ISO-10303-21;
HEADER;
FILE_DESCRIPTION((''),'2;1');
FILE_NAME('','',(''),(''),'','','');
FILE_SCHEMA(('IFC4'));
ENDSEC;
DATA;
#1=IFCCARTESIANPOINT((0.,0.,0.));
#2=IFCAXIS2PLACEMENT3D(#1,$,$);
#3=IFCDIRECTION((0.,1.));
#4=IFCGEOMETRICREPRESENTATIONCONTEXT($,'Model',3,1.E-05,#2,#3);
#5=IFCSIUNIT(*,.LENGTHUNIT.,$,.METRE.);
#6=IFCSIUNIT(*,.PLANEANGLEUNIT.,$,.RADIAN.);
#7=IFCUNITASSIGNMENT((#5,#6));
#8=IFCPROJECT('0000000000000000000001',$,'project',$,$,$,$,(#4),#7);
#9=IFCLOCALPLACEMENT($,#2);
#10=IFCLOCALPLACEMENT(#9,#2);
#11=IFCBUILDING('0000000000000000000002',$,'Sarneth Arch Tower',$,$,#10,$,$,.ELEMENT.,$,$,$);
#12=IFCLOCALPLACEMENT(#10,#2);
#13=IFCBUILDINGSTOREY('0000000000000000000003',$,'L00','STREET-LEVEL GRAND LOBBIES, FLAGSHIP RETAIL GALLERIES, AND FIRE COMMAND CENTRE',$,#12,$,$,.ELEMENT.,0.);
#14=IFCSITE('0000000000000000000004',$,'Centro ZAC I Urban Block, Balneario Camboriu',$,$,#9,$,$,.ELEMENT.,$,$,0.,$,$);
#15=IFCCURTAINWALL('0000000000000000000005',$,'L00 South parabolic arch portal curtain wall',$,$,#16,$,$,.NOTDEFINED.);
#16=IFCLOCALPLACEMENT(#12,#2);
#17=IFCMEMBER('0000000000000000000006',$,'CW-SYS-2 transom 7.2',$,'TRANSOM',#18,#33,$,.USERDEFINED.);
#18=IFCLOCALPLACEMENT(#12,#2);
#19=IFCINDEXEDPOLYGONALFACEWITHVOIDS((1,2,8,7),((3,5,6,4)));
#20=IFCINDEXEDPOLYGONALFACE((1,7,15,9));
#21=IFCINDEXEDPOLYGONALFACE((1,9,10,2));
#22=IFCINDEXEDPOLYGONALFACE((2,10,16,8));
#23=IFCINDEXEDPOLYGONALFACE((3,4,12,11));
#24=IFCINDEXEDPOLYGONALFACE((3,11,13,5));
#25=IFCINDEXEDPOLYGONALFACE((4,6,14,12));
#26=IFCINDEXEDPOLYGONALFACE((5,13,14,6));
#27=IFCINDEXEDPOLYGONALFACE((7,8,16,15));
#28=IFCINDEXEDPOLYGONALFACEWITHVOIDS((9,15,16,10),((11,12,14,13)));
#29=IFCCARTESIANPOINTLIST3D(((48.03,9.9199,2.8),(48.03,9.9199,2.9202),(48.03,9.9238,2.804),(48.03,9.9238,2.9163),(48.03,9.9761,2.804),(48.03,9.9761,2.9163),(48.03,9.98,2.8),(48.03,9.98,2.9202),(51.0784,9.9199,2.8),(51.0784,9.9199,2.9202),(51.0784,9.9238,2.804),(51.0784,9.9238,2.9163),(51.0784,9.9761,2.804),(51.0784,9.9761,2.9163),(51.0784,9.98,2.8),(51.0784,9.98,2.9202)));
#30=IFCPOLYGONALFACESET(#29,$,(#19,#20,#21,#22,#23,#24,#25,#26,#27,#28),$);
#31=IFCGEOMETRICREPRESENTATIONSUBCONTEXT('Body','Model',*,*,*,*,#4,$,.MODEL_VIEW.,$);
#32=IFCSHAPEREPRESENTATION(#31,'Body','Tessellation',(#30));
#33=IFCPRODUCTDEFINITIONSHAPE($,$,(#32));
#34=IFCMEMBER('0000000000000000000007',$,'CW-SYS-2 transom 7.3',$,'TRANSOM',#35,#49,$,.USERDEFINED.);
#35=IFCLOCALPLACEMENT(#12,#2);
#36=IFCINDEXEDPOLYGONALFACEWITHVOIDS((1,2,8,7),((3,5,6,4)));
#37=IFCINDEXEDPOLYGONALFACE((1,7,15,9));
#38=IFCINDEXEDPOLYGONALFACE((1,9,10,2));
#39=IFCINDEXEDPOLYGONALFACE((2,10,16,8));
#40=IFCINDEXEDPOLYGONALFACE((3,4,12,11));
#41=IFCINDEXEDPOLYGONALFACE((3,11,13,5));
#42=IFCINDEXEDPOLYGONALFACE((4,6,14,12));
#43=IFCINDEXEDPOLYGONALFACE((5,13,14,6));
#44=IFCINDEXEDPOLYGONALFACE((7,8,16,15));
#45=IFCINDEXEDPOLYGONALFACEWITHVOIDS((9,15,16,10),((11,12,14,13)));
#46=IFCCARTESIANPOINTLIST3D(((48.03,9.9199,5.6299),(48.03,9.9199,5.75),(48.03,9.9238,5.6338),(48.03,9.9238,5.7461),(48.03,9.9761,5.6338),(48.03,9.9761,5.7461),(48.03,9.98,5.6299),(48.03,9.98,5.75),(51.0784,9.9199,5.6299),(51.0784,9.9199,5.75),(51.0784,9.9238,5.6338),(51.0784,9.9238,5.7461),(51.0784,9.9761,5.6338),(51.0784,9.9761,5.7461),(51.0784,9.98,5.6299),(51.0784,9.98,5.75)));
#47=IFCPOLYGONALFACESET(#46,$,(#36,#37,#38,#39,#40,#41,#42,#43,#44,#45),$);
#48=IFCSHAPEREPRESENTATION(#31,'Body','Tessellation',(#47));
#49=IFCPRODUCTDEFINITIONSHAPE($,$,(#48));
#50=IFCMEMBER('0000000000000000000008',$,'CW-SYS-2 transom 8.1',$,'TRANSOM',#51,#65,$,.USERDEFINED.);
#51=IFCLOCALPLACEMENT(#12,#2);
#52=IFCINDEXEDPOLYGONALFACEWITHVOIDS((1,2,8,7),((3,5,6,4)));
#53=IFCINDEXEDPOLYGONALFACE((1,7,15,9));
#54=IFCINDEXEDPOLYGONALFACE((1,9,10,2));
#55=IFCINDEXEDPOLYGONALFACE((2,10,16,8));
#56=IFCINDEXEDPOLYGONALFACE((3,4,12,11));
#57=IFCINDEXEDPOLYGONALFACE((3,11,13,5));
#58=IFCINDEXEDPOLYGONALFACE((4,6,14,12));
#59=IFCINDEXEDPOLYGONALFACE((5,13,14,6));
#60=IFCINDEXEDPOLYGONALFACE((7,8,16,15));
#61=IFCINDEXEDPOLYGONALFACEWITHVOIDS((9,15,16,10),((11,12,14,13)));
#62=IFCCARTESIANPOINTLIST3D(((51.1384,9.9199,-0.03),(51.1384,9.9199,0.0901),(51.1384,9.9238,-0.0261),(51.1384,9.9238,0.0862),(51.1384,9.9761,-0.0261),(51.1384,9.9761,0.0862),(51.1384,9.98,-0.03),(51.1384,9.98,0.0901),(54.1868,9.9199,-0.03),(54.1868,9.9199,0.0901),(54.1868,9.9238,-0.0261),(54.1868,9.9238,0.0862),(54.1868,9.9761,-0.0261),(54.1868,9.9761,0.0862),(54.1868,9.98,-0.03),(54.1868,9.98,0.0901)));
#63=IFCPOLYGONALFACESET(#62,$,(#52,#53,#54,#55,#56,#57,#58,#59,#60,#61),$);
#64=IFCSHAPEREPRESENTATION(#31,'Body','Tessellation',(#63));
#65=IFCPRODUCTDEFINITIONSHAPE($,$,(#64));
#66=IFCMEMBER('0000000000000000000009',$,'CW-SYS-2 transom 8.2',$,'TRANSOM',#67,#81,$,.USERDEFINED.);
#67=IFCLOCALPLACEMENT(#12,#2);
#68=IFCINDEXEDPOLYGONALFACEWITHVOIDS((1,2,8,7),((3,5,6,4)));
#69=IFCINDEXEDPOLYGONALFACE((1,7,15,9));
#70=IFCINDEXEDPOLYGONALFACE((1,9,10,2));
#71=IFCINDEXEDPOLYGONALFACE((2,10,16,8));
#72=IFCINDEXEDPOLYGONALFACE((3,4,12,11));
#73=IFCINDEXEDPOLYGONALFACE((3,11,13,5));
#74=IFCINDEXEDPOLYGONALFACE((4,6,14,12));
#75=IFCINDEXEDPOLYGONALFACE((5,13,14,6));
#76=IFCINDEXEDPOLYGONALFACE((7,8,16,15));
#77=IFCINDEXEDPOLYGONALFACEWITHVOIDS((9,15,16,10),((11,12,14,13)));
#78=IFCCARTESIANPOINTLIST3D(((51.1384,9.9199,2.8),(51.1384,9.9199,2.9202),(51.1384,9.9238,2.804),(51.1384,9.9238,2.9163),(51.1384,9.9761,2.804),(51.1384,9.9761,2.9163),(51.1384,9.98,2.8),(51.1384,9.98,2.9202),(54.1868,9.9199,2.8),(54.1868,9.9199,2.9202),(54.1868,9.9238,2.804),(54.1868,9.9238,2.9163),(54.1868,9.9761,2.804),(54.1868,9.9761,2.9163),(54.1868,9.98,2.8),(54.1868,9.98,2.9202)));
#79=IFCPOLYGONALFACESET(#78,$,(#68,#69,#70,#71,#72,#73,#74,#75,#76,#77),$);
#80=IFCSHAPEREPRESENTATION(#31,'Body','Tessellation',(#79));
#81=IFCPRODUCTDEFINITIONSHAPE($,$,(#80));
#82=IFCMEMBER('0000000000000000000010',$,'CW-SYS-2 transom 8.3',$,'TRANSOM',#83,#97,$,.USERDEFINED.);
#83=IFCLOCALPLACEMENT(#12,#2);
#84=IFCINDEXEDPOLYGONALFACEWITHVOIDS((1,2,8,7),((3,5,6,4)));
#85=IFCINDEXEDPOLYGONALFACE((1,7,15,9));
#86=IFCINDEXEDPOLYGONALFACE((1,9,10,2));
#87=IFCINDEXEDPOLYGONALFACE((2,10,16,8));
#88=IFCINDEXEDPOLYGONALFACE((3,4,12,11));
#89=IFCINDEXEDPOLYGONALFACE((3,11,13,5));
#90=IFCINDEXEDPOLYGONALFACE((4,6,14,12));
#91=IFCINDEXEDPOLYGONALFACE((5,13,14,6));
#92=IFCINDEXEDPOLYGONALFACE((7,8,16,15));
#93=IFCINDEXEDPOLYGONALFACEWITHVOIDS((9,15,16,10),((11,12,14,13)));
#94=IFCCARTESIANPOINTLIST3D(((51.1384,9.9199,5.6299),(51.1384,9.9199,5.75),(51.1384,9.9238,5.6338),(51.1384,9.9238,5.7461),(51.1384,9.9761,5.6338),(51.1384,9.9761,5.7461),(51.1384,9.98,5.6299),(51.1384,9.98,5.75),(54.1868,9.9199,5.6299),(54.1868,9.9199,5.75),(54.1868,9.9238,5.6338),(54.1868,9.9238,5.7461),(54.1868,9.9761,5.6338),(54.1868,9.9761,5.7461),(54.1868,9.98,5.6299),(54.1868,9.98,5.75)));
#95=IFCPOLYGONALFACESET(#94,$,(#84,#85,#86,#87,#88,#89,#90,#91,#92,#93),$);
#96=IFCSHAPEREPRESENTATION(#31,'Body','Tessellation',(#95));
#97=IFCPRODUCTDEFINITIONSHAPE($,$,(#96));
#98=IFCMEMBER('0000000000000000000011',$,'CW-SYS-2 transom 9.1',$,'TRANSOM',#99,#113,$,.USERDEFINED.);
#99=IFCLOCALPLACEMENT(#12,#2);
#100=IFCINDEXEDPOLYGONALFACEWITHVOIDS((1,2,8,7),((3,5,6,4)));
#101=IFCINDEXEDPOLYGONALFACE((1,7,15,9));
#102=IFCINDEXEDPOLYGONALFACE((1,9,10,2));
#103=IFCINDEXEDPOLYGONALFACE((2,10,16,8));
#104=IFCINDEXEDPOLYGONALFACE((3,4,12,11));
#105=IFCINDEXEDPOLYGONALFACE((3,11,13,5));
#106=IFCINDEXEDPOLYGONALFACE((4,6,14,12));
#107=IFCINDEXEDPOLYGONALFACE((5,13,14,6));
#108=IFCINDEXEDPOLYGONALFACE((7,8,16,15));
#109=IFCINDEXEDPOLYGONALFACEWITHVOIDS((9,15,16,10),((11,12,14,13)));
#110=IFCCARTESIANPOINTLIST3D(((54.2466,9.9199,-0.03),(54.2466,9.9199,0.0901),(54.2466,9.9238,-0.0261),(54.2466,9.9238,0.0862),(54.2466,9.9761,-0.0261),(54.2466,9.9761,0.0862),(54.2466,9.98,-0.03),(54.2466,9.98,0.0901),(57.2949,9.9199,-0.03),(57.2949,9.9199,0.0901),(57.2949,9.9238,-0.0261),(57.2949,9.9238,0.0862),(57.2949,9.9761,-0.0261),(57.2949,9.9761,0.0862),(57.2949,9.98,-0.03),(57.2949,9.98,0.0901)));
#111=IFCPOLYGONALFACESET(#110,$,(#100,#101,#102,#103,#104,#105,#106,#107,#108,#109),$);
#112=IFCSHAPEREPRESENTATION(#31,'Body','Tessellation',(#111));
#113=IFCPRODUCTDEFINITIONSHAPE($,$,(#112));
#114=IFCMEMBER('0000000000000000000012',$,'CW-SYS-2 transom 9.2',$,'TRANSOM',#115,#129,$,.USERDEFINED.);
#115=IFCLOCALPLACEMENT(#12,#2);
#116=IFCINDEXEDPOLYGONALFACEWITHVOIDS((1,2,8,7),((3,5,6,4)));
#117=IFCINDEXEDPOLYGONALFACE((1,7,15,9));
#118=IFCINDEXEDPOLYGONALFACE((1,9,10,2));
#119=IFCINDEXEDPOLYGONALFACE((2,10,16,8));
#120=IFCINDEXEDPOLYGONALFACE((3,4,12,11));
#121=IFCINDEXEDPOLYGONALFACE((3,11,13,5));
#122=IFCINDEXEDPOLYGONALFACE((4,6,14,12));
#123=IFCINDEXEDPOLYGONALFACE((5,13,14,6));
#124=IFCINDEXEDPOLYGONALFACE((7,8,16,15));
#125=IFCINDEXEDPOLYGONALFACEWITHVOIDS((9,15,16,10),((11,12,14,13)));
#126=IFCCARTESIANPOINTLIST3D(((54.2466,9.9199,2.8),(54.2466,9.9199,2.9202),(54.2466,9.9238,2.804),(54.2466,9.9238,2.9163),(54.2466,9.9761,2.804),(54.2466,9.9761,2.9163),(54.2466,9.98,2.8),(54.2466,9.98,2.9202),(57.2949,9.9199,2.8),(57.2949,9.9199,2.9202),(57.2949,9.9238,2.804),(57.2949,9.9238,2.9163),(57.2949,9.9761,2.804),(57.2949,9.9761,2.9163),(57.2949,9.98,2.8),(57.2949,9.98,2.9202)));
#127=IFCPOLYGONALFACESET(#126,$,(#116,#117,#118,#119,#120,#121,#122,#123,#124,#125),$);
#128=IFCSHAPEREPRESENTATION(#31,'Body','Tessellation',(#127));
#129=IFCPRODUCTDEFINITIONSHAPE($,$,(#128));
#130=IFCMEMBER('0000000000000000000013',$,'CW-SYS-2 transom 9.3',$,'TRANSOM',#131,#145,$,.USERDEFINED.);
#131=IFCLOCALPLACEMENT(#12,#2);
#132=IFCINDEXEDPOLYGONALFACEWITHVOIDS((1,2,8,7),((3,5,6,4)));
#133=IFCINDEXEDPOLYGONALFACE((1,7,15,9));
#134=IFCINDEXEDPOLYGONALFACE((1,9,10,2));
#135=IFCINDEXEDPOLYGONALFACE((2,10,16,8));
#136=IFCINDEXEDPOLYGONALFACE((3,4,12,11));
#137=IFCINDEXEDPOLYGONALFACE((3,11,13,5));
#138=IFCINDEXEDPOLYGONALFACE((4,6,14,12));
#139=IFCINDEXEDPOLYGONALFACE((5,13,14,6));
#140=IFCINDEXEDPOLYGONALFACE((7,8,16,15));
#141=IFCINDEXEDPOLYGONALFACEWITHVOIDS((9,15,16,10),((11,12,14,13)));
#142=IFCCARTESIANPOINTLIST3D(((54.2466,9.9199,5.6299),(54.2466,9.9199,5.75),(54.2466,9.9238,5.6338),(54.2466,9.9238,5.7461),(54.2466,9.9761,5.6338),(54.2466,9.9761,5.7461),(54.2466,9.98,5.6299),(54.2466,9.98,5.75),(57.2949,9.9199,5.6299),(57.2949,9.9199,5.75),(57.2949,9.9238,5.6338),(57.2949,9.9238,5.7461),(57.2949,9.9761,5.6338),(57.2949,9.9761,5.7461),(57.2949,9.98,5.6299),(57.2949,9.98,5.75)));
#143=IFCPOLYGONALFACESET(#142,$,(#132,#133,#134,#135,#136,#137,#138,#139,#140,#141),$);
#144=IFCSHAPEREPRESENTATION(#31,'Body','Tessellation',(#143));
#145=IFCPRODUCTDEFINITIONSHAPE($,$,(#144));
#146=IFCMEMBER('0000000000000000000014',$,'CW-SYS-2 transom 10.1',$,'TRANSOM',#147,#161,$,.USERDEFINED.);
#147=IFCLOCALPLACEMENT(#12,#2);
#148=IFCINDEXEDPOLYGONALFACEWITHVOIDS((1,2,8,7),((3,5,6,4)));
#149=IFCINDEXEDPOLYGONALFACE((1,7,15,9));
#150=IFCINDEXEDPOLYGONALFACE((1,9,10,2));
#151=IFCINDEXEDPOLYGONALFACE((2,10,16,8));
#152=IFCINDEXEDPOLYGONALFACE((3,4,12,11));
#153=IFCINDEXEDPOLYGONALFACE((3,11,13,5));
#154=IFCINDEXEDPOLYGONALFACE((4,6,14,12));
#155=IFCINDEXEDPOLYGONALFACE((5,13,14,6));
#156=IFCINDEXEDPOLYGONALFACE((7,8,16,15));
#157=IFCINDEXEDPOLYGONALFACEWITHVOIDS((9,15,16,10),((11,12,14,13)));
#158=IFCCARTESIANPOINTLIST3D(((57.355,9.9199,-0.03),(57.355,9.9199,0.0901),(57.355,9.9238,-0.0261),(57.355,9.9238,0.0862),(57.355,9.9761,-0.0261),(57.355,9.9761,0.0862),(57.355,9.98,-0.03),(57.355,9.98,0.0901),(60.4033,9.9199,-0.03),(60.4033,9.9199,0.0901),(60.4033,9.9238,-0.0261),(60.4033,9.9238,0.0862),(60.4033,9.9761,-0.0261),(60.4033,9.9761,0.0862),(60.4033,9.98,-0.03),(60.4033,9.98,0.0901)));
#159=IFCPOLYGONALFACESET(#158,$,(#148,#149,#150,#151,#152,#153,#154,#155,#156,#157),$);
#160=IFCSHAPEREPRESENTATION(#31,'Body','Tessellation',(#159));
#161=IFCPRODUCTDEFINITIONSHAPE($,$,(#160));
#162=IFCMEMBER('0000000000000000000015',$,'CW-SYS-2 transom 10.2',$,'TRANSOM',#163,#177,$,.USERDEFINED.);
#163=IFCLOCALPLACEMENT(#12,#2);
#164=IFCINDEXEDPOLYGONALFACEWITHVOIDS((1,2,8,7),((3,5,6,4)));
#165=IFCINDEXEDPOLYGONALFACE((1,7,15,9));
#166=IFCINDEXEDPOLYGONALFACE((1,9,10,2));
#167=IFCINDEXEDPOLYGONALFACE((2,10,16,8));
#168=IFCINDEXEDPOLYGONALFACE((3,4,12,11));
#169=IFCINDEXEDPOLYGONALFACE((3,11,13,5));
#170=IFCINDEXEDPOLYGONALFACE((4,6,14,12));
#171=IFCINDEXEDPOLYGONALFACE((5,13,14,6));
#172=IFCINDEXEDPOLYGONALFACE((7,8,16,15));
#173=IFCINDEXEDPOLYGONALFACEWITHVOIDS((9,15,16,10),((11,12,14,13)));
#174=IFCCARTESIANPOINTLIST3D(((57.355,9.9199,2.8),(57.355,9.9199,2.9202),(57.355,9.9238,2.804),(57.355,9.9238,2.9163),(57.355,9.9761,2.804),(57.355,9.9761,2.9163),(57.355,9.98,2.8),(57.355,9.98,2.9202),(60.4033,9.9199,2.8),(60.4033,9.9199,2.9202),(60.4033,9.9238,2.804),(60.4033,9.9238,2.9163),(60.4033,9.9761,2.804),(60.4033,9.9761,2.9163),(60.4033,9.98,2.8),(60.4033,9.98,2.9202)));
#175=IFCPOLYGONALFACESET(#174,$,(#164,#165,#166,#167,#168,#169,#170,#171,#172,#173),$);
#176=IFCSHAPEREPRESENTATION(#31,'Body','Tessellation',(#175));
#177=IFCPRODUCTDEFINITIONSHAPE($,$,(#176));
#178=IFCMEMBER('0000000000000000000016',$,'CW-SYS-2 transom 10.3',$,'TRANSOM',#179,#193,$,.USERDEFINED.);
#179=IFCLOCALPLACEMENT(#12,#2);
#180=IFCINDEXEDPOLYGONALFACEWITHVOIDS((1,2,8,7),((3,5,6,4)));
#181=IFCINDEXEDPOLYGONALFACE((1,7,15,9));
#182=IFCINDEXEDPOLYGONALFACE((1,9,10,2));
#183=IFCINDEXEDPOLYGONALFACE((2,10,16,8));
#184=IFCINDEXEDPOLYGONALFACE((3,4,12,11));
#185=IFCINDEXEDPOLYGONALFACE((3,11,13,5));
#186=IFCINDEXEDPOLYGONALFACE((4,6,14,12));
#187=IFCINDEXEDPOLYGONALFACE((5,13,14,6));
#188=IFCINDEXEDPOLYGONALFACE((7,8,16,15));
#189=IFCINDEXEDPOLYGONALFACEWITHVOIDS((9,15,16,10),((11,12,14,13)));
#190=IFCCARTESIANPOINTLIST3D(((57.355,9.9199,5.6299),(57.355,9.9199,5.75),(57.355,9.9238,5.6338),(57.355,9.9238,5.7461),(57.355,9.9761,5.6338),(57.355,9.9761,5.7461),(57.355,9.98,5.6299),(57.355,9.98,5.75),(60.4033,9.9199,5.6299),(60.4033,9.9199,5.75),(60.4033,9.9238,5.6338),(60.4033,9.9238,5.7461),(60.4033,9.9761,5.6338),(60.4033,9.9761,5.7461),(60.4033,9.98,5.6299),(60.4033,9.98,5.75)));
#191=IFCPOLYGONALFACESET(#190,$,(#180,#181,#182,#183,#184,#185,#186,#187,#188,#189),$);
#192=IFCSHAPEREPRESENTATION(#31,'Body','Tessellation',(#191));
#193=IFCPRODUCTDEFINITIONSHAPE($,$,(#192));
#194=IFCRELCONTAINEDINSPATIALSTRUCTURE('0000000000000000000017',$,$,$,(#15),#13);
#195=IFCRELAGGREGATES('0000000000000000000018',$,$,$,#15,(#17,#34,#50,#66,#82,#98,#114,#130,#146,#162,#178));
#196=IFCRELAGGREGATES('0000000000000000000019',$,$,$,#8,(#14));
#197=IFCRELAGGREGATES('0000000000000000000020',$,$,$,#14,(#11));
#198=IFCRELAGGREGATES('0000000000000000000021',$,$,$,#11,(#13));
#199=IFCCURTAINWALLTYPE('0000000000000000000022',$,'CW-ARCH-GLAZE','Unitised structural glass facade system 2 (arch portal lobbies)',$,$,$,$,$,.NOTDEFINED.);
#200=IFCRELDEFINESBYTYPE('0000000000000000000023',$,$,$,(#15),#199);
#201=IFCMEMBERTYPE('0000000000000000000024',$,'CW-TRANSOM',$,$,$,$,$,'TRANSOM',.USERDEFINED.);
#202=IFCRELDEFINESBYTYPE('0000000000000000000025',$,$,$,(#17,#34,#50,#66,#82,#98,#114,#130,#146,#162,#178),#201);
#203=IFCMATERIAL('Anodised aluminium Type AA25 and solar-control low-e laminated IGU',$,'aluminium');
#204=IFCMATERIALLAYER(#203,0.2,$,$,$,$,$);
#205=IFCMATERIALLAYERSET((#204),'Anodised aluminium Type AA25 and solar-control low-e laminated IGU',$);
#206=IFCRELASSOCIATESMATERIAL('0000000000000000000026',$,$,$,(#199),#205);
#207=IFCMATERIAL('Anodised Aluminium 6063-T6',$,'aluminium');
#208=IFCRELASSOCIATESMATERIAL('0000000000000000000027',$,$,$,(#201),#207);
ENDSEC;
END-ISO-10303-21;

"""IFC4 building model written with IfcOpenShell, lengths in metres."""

from ifc_helpers import new_model, si_unit, direction, frame, origin, origin_2d, place, context, subcontext, project, spatial, hollow_rectangle, extrude, material, layer, layer_set, material_profile, profile_set, type_object, element, aggregate, save


model = new_model("IFC4")

# Units and contexts
model_context = context("Model", 3, precision=1e-05, world=origin(), true_north=direction((0.0, 1.0)))
body_context = subcontext(model_context, "Body", "Model", "MODEL_VIEW")
ifc_project = project(units=[si_unit("LENGTHUNIT", "METRE"), si_unit("PLANEANGLEUNIT", "RADIAN")], contexts=[model_context])

# Site, building, storey
site_placement = place(None, origin())
site = spatial("IfcSite", under=ifc_project, at=site_placement, Name="Centro ZAC I Urban Block, Balneario Camboriu", CompositionType="ELEMENT", RefElevation=0.0)
building_placement = place(site_placement, origin())
building = spatial("IfcBuilding", under=site, at=building_placement, Name="Sarneth Arch Tower", CompositionType="ELEMENT")
storey_placement = place(building_placement, origin())
storey = spatial("IfcBuildingStorey", under=building, at=storey_placement, Name="L00", Description="STREET-LEVEL GRAND LOBBIES, FLAGSHIP RETAIL GALLERIES, AND FIRE COMMAND CENTRE", CompositionType="ELEMENT", Elevation=0.0)

# Curtain wall, members
ifc_material_1 = material(Name="Anodised aluminium Type AA25 and solar-control low-e laminated IGU", Category="aluminium")
ifc_layer_1 = layer(ifc_material_1, 0.2)
ifc_layer_set_1 = layer_set([ifc_layer_1], Name="Anodised aluminium Type AA25 and solar-control low-e laminated IGU")
curtain_wall_type = type_object("IfcCurtainWallType", Name="CW-ARCH-GLAZE", Description="Unitised structural glass facade system 2 (arch portal lobbies)", PredefinedType="NOTDEFINED", material=ifc_layer_set_1)
curtain_wall_placement = place(storey_placement, origin())
curtain_wall = element("IfcCurtainWall", 1, at=curtain_wall_placement, inside=storey, type_object=curtain_wall_type, Name="L00 South parabolic arch portal curtain wall", PredefinedType="NOTDEFINED")
ifc_material_2 = material(Name="Anodised Aluminium 6063-T6", Category="aluminium")
ifc_material_profile_1 = material_profile(ifc_material_2, hollow_rectangle(XDim=0.0601, YDim=0.1201, WallThickness=0.0039, at=origin_2d()), Name="AL-TRAN-120x60x4")
ifc_profile_set_1 = profile_set([ifc_material_profile_1], Name="Anodised Aluminium 6063-T6")
member_type_1 = type_object("IfcMemberType", Name="CW-TRANSOM", ElementType="TRANSOM", PredefinedType="USERDEFINED", material=ifc_profile_set_1)
member_1_placement = place(storey_placement, frame((48.03, 9.95, 2.8601), z_axis=(1.0, 0.0, 0.0), x_axis=(0.0, 1.0, 0.0)))
member_1 = element("IfcMember", 2, at=member_1_placement, type_object=member_type_1, Name="CW-SYS-2 transom 7.2", ObjectType="TRANSOM", PredefinedType="USERDEFINED", context=body_context, shape_type="SweptSolid", body=[
    extrude(hollow_rectangle(XDim=0.0601, YDim=0.1201, WallThickness=0.0039, at=origin_2d()), origin(), (0.0, 0.0, 1.0), 3.0483),
])
member_2_placement = place(storey_placement, frame((48.03, 9.95, 5.6899), z_axis=(1.0, 0.0, 0.0), x_axis=(0.0, 1.0, 0.0)))
member_2 = element("IfcMember", 3, at=member_2_placement, type_object=member_type_1, Name="CW-SYS-2 transom 7.3", ObjectType="TRANSOM", PredefinedType="USERDEFINED", context=body_context, shape_type="SweptSolid", body=[
    extrude(hollow_rectangle(XDim=0.0601, YDim=0.1201, WallThickness=0.0039, at=origin_2d()), origin(), (0.0, 0.0, 1.0), 3.0483),
])
member_3_placement = place(storey_placement, frame((51.1384, 9.95, 0.03), z_axis=(1.0, 0.0, 0.0), x_axis=(0.0, 1.0, 0.0)))
member_3 = element("IfcMember", 4, at=member_3_placement, type_object=member_type_1, Name="CW-SYS-2 transom 8.1", ObjectType="TRANSOM", PredefinedType="USERDEFINED", context=body_context, shape_type="SweptSolid", body=[
    extrude(hollow_rectangle(XDim=0.0601, YDim=0.1201, WallThickness=0.0039, at=origin_2d()), origin(), (0.0, 0.0, 1.0), 3.0483),
])
member_4_placement = place(storey_placement, frame((51.1384, 9.95, 2.8601), z_axis=(1.0, 0.0, 0.0), x_axis=(0.0, 1.0, 0.0)))
member_4 = element("IfcMember", 5, at=member_4_placement, type_object=member_type_1, Name="CW-SYS-2 transom 8.2", ObjectType="TRANSOM", PredefinedType="USERDEFINED", context=body_context, shape_type="SweptSolid", body=[
    extrude(hollow_rectangle(XDim=0.0601, YDim=0.1201, WallThickness=0.0039, at=origin_2d()), origin(), (0.0, 0.0, 1.0), 3.0483),
])
member_5_placement = place(storey_placement, frame((51.1384, 9.95, 5.6899), z_axis=(1.0, 0.0, 0.0), x_axis=(0.0, 1.0, 0.0)))
member_5 = element("IfcMember", 6, at=member_5_placement, type_object=member_type_1, Name="CW-SYS-2 transom 8.3", ObjectType="TRANSOM", PredefinedType="USERDEFINED", context=body_context, shape_type="SweptSolid", body=[
    extrude(hollow_rectangle(XDim=0.0601, YDim=0.1201, WallThickness=0.0039, at=origin_2d()), origin(), (0.0, 0.0, 1.0), 3.0483),
])
member_6_placement = place(storey_placement, frame((54.2466, 9.95, 0.03), z_axis=(1.0, 0.0, 0.0), x_axis=(0.0, 1.0, 0.0)))
member_6 = element("IfcMember", 7, at=member_6_placement, type_object=member_type_1, Name="CW-SYS-2 transom 9.1", ObjectType="TRANSOM", PredefinedType="USERDEFINED", context=body_context, shape_type="SweptSolid", body=[
    extrude(hollow_rectangle(XDim=0.0601, YDim=0.1201, WallThickness=0.0039, at=origin_2d()), origin(), (0.0, 0.0, 1.0), 3.0483),
])
member_7_placement = place(storey_placement, frame((54.2466, 9.95, 2.8601), z_axis=(1.0, 0.0, 0.0), x_axis=(0.0, 1.0, 0.0)))
member_7 = element("IfcMember", 8, at=member_7_placement, type_object=member_type_1, Name="CW-SYS-2 transom 9.2", ObjectType="TRANSOM", PredefinedType="USERDEFINED", context=body_context, shape_type="SweptSolid", body=[
    extrude(hollow_rectangle(XDim=0.0601, YDim=0.1201, WallThickness=0.0039, at=origin_2d()), origin(), (0.0, 0.0, 1.0), 3.0483),
])
member_8_placement = place(storey_placement, frame((54.2466, 9.95, 5.6899), z_axis=(1.0, 0.0, 0.0), x_axis=(0.0, 1.0, 0.0)))
member_8 = element("IfcMember", 9, at=member_8_placement, type_object=member_type_1, Name="CW-SYS-2 transom 9.3", ObjectType="TRANSOM", PredefinedType="USERDEFINED", context=body_context, shape_type="SweptSolid", body=[
    extrude(hollow_rectangle(XDim=0.0601, YDim=0.1201, WallThickness=0.0039, at=origin_2d()), origin(), (0.0, 0.0, 1.0), 3.0483),
])
member_9_placement = place(storey_placement, frame((57.355, 9.95, 0.03), z_axis=(1.0, 0.0, 0.0), x_axis=(0.0, 1.0, 0.0)))
member_9 = element("IfcMember", 10, at=member_9_placement, type_object=member_type_1, Name="CW-SYS-2 transom 10.1", ObjectType="TRANSOM", PredefinedType="USERDEFINED", context=body_context, shape_type="SweptSolid", body=[
    extrude(hollow_rectangle(XDim=0.0601, YDim=0.1201, WallThickness=0.0039, at=origin_2d()), origin(), (0.0, 0.0, 1.0), 3.0483),
])
member_10_placement = place(storey_placement, frame((57.355, 9.95, 2.8601), z_axis=(1.0, 0.0, 0.0), x_axis=(0.0, 1.0, 0.0)))
member_10 = element("IfcMember", 11, at=member_10_placement, type_object=member_type_1, Name="CW-SYS-2 transom 10.2", ObjectType="TRANSOM", PredefinedType="USERDEFINED", context=body_context, shape_type="SweptSolid", body=[
    extrude(hollow_rectangle(XDim=0.0601, YDim=0.1201, WallThickness=0.0039, at=origin_2d()), origin(), (0.0, 0.0, 1.0), 3.0483),
])
member_11_placement = place(storey_placement, frame((57.355, 9.95, 5.6899), z_axis=(1.0, 0.0, 0.0), x_axis=(0.0, 1.0, 0.0)))
member_11 = element("IfcMember", 12, at=member_11_placement, type_object=member_type_1, Name="CW-SYS-2 transom 10.3", ObjectType="TRANSOM", PredefinedType="USERDEFINED", context=body_context, shape_type="SweptSolid", body=[
    extrude(hollow_rectangle(XDim=0.0601, YDim=0.1201, WallThickness=0.0039, at=origin_2d()), origin(), (0.0, 0.0, 1.0), 3.0483),
])

aggregate(curtain_wall, [member_1, member_2, member_3, member_4, member_5, member_6, member_7, member_8, member_9, member_10, member_11])

save(model, "model.ifc")
